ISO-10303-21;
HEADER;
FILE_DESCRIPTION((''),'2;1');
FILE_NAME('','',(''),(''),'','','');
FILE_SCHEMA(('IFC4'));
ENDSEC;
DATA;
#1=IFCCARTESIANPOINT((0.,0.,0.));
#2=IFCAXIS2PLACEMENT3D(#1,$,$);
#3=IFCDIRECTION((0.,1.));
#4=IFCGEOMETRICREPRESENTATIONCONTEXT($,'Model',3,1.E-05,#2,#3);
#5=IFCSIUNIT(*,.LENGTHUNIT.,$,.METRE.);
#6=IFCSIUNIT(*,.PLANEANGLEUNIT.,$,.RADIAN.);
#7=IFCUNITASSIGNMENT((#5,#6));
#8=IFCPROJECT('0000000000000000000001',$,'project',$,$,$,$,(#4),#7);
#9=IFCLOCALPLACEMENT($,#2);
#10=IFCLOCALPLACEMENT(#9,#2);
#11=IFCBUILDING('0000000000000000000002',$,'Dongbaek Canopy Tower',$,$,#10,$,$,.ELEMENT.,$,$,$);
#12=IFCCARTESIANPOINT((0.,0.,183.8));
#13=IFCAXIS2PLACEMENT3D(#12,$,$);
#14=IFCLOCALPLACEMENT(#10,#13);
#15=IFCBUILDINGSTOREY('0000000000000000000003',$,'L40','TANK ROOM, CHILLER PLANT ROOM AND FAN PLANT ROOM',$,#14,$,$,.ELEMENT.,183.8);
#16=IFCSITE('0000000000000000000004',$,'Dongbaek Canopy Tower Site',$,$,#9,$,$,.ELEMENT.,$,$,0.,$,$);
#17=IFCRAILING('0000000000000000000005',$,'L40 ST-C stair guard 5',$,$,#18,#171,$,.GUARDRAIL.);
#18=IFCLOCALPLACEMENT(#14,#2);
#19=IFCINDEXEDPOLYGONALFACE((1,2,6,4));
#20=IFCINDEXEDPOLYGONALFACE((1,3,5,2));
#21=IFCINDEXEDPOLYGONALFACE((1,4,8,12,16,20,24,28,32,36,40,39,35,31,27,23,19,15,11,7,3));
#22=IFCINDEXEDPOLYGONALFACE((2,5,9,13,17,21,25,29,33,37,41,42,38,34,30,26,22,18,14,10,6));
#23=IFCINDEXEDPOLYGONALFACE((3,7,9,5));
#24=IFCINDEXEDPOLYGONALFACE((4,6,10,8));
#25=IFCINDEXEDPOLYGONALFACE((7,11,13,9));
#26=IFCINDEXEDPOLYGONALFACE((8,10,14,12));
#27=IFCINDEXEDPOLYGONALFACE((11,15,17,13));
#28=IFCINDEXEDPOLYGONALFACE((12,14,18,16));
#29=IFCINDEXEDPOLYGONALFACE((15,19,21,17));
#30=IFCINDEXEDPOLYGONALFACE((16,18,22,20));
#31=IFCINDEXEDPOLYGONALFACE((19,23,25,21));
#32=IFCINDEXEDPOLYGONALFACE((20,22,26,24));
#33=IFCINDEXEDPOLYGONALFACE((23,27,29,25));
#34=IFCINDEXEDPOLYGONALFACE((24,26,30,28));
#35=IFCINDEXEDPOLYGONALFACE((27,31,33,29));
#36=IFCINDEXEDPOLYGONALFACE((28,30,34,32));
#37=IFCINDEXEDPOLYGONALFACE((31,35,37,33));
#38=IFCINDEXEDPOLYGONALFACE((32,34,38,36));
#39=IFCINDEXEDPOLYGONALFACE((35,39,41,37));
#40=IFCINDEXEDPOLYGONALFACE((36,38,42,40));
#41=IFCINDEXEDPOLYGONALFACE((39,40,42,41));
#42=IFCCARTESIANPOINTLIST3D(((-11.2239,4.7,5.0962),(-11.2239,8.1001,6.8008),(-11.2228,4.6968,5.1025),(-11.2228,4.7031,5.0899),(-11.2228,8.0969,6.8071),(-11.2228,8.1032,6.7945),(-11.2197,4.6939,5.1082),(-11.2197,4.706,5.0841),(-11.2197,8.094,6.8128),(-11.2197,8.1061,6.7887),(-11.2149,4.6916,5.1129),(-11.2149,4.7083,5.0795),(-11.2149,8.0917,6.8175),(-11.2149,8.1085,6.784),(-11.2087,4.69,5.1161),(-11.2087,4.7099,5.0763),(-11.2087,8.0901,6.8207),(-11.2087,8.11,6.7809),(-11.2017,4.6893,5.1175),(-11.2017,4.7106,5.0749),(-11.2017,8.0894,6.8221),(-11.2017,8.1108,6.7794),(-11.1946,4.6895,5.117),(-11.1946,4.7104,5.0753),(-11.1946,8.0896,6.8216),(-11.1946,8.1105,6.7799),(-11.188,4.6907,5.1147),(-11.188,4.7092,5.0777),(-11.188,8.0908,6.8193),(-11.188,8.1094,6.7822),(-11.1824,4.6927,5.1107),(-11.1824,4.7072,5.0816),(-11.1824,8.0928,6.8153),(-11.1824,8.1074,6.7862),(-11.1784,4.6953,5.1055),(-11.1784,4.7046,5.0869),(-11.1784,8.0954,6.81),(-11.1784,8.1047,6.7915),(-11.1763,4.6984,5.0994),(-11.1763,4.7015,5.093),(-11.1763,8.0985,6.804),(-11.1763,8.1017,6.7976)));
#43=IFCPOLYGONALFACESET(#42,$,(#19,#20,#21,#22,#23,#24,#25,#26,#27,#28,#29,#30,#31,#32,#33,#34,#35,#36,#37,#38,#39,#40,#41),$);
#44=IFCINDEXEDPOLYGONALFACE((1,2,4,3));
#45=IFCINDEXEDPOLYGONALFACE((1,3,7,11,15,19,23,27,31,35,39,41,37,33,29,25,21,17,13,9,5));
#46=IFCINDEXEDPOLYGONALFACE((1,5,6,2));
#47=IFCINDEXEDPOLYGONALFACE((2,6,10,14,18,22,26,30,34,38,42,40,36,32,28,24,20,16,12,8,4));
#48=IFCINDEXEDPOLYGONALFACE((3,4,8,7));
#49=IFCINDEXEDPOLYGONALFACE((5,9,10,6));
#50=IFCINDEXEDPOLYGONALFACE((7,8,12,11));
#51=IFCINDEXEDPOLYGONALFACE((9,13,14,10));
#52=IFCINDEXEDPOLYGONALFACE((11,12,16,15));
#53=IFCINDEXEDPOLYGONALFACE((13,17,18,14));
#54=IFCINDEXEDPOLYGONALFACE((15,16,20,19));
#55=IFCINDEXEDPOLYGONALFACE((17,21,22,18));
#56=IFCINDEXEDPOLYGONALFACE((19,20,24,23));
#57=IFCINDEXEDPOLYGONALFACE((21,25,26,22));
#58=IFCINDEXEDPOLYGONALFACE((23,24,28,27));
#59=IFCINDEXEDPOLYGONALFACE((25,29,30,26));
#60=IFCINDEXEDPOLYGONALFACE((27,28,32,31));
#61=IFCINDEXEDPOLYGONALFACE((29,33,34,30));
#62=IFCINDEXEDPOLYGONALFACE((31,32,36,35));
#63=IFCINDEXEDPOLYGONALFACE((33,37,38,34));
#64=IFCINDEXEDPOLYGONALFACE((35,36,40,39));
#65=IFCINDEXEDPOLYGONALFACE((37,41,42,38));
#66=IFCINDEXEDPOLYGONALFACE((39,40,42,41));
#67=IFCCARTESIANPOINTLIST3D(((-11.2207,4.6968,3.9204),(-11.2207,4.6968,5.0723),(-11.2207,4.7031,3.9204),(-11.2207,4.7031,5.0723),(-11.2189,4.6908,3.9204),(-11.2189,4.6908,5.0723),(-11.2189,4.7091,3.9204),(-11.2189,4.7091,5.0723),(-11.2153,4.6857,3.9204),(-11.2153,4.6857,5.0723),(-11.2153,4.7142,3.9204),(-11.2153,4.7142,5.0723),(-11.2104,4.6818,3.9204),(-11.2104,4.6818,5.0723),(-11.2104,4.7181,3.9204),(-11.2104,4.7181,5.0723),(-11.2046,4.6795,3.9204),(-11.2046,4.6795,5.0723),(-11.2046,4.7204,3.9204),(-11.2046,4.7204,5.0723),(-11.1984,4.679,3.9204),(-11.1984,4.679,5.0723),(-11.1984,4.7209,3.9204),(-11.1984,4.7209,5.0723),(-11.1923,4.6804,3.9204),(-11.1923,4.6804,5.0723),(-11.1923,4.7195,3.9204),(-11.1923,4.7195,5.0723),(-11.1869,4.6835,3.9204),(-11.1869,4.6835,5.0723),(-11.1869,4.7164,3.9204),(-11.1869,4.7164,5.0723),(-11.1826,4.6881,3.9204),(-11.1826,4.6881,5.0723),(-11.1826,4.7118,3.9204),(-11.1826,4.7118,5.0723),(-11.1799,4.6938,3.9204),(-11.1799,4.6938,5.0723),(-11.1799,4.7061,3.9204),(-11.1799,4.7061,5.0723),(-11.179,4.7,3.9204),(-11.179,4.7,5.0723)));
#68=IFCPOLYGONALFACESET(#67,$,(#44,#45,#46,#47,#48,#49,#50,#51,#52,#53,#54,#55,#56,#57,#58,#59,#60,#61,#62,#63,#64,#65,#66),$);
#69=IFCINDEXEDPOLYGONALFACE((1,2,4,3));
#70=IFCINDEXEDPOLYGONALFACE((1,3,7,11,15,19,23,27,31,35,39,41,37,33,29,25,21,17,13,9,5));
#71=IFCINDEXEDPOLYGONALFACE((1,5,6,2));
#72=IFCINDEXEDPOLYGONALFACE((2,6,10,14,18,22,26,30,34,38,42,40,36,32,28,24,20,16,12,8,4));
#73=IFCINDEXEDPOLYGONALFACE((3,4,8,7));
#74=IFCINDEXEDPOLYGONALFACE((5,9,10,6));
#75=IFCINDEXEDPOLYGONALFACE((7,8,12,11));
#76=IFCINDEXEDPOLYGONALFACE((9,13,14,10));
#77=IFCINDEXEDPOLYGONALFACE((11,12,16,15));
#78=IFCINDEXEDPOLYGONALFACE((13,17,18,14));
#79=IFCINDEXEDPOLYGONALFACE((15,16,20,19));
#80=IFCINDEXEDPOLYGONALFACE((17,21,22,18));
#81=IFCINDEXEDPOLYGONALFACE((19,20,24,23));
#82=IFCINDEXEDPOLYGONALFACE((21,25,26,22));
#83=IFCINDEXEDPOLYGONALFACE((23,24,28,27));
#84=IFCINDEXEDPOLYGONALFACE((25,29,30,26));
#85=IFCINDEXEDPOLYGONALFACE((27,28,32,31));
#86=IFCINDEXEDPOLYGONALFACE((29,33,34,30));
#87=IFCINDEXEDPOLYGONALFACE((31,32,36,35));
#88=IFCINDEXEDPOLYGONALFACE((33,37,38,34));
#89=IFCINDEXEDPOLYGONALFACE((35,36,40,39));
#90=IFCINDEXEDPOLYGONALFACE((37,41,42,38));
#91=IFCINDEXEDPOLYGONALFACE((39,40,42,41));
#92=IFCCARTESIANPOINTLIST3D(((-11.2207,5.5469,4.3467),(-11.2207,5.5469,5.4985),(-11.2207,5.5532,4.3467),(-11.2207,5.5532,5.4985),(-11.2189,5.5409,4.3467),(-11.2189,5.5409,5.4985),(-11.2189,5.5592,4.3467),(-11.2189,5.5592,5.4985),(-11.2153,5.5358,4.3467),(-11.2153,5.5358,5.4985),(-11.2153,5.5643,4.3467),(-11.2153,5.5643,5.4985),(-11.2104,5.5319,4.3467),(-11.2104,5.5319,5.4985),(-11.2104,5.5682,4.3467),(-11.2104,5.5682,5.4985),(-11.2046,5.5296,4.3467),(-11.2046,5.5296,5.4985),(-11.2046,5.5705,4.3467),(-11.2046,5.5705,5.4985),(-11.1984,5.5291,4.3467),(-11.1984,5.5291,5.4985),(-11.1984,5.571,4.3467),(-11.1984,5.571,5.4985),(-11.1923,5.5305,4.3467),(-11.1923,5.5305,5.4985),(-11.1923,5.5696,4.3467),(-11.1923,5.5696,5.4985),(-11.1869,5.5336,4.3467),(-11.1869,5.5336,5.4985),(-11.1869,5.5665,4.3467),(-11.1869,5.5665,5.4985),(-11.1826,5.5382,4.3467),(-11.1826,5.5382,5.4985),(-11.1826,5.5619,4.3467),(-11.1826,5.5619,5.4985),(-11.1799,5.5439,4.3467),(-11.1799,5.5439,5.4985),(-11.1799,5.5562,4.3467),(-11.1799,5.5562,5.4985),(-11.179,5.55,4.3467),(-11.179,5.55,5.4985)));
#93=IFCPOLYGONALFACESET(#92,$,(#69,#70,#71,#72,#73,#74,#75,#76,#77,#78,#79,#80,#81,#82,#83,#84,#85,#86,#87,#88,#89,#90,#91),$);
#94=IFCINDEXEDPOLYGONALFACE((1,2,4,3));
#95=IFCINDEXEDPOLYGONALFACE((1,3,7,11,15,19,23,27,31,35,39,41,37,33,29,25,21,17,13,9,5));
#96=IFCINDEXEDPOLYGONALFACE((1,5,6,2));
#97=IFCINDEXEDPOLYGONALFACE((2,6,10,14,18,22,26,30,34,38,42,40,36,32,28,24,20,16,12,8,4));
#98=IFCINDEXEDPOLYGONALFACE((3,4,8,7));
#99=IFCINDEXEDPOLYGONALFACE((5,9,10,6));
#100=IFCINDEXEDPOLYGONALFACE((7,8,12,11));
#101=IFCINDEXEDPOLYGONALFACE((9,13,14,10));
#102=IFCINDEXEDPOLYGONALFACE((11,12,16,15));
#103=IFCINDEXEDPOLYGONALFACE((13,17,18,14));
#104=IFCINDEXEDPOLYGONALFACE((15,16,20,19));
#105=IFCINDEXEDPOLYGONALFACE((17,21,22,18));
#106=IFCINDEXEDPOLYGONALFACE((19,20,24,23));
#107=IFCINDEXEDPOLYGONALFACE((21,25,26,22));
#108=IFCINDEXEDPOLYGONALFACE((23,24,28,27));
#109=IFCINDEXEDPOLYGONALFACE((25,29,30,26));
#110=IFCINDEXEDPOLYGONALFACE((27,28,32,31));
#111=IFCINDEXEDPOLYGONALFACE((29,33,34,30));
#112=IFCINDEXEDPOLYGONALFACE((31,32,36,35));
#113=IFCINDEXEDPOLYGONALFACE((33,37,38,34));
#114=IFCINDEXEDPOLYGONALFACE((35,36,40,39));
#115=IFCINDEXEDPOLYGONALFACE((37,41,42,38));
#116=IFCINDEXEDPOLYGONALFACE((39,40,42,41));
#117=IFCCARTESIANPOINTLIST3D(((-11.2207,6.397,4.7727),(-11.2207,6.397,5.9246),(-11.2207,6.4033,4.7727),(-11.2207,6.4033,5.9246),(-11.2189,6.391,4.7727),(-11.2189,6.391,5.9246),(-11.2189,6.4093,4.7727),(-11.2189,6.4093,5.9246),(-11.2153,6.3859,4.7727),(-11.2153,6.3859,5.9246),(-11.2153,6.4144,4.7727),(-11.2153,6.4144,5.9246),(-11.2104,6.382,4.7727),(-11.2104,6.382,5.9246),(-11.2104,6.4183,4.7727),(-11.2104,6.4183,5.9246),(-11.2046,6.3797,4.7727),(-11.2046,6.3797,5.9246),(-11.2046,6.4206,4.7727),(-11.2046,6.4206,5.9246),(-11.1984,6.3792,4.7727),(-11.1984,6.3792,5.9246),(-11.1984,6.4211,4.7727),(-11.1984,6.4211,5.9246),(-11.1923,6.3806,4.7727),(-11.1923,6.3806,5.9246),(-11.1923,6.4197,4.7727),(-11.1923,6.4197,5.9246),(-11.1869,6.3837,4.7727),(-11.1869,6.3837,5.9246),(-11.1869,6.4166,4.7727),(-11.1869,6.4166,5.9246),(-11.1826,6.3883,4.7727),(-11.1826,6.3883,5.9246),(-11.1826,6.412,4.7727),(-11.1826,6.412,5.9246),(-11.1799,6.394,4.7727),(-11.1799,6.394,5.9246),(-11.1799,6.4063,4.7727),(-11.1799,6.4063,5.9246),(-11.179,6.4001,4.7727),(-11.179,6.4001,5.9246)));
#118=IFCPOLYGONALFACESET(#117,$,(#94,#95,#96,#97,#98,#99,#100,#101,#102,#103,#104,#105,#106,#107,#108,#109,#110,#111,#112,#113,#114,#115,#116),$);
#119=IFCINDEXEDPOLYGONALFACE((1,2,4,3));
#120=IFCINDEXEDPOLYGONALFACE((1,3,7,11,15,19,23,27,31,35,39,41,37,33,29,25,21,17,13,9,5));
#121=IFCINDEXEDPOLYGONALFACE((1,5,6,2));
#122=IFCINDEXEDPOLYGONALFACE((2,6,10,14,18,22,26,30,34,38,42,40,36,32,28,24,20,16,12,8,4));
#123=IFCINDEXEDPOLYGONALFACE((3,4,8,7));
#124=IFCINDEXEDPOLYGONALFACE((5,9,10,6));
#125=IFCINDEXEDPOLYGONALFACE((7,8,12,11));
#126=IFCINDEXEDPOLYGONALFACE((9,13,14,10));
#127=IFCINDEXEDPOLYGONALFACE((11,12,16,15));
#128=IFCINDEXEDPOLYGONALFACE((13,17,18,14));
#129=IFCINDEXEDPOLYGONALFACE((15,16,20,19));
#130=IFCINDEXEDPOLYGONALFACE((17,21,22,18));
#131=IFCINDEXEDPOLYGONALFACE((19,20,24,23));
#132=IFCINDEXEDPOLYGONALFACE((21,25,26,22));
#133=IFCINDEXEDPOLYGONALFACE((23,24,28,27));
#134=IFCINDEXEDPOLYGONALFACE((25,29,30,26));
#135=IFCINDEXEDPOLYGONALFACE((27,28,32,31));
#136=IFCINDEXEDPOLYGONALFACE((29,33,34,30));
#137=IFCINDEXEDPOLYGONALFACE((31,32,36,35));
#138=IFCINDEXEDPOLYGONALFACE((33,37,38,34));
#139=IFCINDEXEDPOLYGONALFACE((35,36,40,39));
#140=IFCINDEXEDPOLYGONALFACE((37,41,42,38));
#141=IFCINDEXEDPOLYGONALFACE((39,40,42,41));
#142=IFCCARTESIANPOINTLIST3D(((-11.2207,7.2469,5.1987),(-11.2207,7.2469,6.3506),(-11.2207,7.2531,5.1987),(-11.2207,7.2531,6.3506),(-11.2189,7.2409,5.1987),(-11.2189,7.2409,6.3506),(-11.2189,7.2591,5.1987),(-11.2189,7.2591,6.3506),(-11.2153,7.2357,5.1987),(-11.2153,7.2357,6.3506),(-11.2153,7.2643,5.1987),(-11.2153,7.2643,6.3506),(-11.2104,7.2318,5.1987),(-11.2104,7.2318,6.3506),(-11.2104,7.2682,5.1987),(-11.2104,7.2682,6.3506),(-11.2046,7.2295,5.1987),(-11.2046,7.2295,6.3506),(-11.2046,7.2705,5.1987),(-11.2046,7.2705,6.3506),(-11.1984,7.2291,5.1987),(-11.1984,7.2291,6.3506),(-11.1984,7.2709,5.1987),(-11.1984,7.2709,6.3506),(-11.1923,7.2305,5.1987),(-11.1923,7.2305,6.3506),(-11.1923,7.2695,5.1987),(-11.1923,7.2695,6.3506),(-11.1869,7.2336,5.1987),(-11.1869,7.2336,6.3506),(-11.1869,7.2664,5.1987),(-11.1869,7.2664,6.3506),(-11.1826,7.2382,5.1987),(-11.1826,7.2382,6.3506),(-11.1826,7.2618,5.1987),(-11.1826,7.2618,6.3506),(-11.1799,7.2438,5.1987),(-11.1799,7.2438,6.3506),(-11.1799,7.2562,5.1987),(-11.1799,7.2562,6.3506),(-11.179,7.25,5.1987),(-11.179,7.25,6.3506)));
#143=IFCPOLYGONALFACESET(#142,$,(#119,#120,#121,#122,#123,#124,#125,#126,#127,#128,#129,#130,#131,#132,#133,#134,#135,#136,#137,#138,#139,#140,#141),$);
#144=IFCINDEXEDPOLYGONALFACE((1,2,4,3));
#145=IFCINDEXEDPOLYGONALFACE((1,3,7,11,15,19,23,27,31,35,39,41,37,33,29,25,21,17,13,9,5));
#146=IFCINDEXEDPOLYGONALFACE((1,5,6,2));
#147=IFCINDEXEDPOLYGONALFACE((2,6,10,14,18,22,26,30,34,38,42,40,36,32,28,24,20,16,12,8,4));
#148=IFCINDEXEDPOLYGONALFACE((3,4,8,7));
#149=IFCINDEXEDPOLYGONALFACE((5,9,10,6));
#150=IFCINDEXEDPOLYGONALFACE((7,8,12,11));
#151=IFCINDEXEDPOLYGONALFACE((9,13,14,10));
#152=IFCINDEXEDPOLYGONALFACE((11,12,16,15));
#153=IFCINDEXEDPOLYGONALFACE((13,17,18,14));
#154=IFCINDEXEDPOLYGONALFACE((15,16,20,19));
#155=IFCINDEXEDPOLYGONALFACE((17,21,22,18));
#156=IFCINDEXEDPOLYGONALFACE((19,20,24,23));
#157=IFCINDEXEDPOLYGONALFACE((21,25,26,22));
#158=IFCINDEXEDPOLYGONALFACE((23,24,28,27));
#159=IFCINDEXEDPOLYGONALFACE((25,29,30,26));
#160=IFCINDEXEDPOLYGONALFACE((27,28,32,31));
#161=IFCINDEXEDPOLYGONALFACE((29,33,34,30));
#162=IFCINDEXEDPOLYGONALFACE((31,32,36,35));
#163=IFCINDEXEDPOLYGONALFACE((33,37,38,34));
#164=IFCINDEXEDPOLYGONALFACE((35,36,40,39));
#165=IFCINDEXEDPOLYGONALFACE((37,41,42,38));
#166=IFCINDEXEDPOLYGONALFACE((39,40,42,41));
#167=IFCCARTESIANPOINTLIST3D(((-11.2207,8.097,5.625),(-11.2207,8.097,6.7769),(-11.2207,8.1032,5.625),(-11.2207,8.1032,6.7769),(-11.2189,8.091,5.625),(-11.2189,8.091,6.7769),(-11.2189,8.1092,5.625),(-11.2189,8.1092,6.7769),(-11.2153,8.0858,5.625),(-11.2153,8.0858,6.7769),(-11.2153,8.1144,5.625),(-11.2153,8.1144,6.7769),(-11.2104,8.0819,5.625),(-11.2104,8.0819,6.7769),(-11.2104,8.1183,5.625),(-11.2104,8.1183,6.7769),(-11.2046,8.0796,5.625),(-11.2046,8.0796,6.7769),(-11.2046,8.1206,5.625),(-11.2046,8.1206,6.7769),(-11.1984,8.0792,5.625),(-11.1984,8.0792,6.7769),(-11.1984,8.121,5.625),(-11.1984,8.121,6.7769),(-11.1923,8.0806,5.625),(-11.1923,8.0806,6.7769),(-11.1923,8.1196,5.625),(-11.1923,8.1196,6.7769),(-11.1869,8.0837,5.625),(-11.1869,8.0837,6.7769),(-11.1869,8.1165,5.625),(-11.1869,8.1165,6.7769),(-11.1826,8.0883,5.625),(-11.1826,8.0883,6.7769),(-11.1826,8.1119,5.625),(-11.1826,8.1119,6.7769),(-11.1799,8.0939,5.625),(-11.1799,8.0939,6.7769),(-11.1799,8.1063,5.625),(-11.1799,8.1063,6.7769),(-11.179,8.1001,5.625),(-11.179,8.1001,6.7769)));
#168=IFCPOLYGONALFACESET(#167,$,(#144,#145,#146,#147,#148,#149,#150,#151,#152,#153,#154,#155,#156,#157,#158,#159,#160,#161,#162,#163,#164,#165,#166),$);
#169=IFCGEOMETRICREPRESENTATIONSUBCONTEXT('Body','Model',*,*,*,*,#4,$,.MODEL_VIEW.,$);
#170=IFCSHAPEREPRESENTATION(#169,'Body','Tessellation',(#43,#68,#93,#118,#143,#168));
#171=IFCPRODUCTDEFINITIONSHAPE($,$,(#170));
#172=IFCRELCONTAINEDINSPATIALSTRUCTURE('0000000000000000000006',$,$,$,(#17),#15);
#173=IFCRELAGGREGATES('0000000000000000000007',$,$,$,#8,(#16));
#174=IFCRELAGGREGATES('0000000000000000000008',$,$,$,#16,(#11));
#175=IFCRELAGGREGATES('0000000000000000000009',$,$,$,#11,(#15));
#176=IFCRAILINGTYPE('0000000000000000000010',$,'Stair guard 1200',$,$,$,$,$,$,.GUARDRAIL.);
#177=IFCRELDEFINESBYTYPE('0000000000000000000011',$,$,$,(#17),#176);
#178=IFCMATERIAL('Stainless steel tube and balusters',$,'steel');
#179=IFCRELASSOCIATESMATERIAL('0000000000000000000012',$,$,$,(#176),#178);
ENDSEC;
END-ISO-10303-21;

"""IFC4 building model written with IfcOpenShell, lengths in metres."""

from ifc_helpers import new_model, si_unit, direction, frame, origin, origin_2d, place, context, subcontext, project, spatial, circle, extrude, material, type_object, element, save


model = new_model("IFC4")

# Units and contexts
model_context = context("Model", 3, precision=1e-05, world=origin(), true_north=direction((0.0, 1.0)))
body_context = subcontext(model_context, "Body", "Model", "MODEL_VIEW")
ifc_project = project(units=[si_unit("LENGTHUNIT", "METRE"), si_unit("PLANEANGLEUNIT", "RADIAN")], contexts=[model_context])

# Site, building, storey
site_placement = place(None, origin())
site = spatial("IfcSite", under=ifc_project, at=site_placement, Name="Dongbaek Canopy Tower Site", CompositionType="ELEMENT", RefElevation=0.0)
building_placement = place(site_placement, origin())
building = spatial("IfcBuilding", under=site, at=building_placement, Name="Dongbaek Canopy Tower", CompositionType="ELEMENT")
storey_placement = place(building_placement, frame((0.0, 0.0, 183.8)))
storey = spatial("IfcBuildingStorey", under=building, at=storey_placement, Name="L40", Description="TANK ROOM, CHILLER PLANT ROOM AND FAN PLANT ROOM", CompositionType="ELEMENT", Elevation=183.8)

# Railing
ifc_material_1 = material(Name="Stainless steel tube and balusters", Category="steel")
railing_type_1 = type_object("IfcRailingType", Name="Stair guard 1200", PredefinedType="GUARDRAIL", material=ifc_material_1)
railing_1_placement = place(storey_placement, frame((-11.2, 4.7, 3.9204)))
element("IfcRailing", 1, at=railing_1_placement, inside=storey, type_object=railing_type_1, Name="L40 ST-C stair guard 5", PredefinedType="GUARDRAIL", context=body_context, shape_type="SweptSolid", body=[
    extrude(circle(Radius=0.0239, at=origin_2d()), frame((0.0, 0.0, 1.1758), z_axis=(0.0, 0.893952, 0.448163), x_axis=(-1.0, 0.0, 0.0)), (0.0, 0.0, 1.0), 3.8035),
    extrude(circle(Radius=0.021, at=origin_2d()), origin(), (0.0, 0.0, 1.0), 1.1519),
    extrude(circle(Radius=0.021, at=origin_2d()), frame((0.0, 0.8501, 0.4263)), (0.0, 0.0, 1.0), 1.1519),
    extrude(circle(Radius=0.021, at=origin_2d()), frame((0.0, 1.7002, 0.8523)), (0.0, 0.0, 1.0), 1.1519),
    extrude(circle(Radius=0.021, at=origin_2d()), frame((0.0, 2.55, 1.2783)), (0.0, 0.0, 1.0), 1.1519),
    extrude(circle(Radius=0.021, at=origin_2d()), frame((0.0, 3.4001, 1.7046)), (0.0, 0.0, 1.0), 1.1519),
])

save(model, "model.ifc")
